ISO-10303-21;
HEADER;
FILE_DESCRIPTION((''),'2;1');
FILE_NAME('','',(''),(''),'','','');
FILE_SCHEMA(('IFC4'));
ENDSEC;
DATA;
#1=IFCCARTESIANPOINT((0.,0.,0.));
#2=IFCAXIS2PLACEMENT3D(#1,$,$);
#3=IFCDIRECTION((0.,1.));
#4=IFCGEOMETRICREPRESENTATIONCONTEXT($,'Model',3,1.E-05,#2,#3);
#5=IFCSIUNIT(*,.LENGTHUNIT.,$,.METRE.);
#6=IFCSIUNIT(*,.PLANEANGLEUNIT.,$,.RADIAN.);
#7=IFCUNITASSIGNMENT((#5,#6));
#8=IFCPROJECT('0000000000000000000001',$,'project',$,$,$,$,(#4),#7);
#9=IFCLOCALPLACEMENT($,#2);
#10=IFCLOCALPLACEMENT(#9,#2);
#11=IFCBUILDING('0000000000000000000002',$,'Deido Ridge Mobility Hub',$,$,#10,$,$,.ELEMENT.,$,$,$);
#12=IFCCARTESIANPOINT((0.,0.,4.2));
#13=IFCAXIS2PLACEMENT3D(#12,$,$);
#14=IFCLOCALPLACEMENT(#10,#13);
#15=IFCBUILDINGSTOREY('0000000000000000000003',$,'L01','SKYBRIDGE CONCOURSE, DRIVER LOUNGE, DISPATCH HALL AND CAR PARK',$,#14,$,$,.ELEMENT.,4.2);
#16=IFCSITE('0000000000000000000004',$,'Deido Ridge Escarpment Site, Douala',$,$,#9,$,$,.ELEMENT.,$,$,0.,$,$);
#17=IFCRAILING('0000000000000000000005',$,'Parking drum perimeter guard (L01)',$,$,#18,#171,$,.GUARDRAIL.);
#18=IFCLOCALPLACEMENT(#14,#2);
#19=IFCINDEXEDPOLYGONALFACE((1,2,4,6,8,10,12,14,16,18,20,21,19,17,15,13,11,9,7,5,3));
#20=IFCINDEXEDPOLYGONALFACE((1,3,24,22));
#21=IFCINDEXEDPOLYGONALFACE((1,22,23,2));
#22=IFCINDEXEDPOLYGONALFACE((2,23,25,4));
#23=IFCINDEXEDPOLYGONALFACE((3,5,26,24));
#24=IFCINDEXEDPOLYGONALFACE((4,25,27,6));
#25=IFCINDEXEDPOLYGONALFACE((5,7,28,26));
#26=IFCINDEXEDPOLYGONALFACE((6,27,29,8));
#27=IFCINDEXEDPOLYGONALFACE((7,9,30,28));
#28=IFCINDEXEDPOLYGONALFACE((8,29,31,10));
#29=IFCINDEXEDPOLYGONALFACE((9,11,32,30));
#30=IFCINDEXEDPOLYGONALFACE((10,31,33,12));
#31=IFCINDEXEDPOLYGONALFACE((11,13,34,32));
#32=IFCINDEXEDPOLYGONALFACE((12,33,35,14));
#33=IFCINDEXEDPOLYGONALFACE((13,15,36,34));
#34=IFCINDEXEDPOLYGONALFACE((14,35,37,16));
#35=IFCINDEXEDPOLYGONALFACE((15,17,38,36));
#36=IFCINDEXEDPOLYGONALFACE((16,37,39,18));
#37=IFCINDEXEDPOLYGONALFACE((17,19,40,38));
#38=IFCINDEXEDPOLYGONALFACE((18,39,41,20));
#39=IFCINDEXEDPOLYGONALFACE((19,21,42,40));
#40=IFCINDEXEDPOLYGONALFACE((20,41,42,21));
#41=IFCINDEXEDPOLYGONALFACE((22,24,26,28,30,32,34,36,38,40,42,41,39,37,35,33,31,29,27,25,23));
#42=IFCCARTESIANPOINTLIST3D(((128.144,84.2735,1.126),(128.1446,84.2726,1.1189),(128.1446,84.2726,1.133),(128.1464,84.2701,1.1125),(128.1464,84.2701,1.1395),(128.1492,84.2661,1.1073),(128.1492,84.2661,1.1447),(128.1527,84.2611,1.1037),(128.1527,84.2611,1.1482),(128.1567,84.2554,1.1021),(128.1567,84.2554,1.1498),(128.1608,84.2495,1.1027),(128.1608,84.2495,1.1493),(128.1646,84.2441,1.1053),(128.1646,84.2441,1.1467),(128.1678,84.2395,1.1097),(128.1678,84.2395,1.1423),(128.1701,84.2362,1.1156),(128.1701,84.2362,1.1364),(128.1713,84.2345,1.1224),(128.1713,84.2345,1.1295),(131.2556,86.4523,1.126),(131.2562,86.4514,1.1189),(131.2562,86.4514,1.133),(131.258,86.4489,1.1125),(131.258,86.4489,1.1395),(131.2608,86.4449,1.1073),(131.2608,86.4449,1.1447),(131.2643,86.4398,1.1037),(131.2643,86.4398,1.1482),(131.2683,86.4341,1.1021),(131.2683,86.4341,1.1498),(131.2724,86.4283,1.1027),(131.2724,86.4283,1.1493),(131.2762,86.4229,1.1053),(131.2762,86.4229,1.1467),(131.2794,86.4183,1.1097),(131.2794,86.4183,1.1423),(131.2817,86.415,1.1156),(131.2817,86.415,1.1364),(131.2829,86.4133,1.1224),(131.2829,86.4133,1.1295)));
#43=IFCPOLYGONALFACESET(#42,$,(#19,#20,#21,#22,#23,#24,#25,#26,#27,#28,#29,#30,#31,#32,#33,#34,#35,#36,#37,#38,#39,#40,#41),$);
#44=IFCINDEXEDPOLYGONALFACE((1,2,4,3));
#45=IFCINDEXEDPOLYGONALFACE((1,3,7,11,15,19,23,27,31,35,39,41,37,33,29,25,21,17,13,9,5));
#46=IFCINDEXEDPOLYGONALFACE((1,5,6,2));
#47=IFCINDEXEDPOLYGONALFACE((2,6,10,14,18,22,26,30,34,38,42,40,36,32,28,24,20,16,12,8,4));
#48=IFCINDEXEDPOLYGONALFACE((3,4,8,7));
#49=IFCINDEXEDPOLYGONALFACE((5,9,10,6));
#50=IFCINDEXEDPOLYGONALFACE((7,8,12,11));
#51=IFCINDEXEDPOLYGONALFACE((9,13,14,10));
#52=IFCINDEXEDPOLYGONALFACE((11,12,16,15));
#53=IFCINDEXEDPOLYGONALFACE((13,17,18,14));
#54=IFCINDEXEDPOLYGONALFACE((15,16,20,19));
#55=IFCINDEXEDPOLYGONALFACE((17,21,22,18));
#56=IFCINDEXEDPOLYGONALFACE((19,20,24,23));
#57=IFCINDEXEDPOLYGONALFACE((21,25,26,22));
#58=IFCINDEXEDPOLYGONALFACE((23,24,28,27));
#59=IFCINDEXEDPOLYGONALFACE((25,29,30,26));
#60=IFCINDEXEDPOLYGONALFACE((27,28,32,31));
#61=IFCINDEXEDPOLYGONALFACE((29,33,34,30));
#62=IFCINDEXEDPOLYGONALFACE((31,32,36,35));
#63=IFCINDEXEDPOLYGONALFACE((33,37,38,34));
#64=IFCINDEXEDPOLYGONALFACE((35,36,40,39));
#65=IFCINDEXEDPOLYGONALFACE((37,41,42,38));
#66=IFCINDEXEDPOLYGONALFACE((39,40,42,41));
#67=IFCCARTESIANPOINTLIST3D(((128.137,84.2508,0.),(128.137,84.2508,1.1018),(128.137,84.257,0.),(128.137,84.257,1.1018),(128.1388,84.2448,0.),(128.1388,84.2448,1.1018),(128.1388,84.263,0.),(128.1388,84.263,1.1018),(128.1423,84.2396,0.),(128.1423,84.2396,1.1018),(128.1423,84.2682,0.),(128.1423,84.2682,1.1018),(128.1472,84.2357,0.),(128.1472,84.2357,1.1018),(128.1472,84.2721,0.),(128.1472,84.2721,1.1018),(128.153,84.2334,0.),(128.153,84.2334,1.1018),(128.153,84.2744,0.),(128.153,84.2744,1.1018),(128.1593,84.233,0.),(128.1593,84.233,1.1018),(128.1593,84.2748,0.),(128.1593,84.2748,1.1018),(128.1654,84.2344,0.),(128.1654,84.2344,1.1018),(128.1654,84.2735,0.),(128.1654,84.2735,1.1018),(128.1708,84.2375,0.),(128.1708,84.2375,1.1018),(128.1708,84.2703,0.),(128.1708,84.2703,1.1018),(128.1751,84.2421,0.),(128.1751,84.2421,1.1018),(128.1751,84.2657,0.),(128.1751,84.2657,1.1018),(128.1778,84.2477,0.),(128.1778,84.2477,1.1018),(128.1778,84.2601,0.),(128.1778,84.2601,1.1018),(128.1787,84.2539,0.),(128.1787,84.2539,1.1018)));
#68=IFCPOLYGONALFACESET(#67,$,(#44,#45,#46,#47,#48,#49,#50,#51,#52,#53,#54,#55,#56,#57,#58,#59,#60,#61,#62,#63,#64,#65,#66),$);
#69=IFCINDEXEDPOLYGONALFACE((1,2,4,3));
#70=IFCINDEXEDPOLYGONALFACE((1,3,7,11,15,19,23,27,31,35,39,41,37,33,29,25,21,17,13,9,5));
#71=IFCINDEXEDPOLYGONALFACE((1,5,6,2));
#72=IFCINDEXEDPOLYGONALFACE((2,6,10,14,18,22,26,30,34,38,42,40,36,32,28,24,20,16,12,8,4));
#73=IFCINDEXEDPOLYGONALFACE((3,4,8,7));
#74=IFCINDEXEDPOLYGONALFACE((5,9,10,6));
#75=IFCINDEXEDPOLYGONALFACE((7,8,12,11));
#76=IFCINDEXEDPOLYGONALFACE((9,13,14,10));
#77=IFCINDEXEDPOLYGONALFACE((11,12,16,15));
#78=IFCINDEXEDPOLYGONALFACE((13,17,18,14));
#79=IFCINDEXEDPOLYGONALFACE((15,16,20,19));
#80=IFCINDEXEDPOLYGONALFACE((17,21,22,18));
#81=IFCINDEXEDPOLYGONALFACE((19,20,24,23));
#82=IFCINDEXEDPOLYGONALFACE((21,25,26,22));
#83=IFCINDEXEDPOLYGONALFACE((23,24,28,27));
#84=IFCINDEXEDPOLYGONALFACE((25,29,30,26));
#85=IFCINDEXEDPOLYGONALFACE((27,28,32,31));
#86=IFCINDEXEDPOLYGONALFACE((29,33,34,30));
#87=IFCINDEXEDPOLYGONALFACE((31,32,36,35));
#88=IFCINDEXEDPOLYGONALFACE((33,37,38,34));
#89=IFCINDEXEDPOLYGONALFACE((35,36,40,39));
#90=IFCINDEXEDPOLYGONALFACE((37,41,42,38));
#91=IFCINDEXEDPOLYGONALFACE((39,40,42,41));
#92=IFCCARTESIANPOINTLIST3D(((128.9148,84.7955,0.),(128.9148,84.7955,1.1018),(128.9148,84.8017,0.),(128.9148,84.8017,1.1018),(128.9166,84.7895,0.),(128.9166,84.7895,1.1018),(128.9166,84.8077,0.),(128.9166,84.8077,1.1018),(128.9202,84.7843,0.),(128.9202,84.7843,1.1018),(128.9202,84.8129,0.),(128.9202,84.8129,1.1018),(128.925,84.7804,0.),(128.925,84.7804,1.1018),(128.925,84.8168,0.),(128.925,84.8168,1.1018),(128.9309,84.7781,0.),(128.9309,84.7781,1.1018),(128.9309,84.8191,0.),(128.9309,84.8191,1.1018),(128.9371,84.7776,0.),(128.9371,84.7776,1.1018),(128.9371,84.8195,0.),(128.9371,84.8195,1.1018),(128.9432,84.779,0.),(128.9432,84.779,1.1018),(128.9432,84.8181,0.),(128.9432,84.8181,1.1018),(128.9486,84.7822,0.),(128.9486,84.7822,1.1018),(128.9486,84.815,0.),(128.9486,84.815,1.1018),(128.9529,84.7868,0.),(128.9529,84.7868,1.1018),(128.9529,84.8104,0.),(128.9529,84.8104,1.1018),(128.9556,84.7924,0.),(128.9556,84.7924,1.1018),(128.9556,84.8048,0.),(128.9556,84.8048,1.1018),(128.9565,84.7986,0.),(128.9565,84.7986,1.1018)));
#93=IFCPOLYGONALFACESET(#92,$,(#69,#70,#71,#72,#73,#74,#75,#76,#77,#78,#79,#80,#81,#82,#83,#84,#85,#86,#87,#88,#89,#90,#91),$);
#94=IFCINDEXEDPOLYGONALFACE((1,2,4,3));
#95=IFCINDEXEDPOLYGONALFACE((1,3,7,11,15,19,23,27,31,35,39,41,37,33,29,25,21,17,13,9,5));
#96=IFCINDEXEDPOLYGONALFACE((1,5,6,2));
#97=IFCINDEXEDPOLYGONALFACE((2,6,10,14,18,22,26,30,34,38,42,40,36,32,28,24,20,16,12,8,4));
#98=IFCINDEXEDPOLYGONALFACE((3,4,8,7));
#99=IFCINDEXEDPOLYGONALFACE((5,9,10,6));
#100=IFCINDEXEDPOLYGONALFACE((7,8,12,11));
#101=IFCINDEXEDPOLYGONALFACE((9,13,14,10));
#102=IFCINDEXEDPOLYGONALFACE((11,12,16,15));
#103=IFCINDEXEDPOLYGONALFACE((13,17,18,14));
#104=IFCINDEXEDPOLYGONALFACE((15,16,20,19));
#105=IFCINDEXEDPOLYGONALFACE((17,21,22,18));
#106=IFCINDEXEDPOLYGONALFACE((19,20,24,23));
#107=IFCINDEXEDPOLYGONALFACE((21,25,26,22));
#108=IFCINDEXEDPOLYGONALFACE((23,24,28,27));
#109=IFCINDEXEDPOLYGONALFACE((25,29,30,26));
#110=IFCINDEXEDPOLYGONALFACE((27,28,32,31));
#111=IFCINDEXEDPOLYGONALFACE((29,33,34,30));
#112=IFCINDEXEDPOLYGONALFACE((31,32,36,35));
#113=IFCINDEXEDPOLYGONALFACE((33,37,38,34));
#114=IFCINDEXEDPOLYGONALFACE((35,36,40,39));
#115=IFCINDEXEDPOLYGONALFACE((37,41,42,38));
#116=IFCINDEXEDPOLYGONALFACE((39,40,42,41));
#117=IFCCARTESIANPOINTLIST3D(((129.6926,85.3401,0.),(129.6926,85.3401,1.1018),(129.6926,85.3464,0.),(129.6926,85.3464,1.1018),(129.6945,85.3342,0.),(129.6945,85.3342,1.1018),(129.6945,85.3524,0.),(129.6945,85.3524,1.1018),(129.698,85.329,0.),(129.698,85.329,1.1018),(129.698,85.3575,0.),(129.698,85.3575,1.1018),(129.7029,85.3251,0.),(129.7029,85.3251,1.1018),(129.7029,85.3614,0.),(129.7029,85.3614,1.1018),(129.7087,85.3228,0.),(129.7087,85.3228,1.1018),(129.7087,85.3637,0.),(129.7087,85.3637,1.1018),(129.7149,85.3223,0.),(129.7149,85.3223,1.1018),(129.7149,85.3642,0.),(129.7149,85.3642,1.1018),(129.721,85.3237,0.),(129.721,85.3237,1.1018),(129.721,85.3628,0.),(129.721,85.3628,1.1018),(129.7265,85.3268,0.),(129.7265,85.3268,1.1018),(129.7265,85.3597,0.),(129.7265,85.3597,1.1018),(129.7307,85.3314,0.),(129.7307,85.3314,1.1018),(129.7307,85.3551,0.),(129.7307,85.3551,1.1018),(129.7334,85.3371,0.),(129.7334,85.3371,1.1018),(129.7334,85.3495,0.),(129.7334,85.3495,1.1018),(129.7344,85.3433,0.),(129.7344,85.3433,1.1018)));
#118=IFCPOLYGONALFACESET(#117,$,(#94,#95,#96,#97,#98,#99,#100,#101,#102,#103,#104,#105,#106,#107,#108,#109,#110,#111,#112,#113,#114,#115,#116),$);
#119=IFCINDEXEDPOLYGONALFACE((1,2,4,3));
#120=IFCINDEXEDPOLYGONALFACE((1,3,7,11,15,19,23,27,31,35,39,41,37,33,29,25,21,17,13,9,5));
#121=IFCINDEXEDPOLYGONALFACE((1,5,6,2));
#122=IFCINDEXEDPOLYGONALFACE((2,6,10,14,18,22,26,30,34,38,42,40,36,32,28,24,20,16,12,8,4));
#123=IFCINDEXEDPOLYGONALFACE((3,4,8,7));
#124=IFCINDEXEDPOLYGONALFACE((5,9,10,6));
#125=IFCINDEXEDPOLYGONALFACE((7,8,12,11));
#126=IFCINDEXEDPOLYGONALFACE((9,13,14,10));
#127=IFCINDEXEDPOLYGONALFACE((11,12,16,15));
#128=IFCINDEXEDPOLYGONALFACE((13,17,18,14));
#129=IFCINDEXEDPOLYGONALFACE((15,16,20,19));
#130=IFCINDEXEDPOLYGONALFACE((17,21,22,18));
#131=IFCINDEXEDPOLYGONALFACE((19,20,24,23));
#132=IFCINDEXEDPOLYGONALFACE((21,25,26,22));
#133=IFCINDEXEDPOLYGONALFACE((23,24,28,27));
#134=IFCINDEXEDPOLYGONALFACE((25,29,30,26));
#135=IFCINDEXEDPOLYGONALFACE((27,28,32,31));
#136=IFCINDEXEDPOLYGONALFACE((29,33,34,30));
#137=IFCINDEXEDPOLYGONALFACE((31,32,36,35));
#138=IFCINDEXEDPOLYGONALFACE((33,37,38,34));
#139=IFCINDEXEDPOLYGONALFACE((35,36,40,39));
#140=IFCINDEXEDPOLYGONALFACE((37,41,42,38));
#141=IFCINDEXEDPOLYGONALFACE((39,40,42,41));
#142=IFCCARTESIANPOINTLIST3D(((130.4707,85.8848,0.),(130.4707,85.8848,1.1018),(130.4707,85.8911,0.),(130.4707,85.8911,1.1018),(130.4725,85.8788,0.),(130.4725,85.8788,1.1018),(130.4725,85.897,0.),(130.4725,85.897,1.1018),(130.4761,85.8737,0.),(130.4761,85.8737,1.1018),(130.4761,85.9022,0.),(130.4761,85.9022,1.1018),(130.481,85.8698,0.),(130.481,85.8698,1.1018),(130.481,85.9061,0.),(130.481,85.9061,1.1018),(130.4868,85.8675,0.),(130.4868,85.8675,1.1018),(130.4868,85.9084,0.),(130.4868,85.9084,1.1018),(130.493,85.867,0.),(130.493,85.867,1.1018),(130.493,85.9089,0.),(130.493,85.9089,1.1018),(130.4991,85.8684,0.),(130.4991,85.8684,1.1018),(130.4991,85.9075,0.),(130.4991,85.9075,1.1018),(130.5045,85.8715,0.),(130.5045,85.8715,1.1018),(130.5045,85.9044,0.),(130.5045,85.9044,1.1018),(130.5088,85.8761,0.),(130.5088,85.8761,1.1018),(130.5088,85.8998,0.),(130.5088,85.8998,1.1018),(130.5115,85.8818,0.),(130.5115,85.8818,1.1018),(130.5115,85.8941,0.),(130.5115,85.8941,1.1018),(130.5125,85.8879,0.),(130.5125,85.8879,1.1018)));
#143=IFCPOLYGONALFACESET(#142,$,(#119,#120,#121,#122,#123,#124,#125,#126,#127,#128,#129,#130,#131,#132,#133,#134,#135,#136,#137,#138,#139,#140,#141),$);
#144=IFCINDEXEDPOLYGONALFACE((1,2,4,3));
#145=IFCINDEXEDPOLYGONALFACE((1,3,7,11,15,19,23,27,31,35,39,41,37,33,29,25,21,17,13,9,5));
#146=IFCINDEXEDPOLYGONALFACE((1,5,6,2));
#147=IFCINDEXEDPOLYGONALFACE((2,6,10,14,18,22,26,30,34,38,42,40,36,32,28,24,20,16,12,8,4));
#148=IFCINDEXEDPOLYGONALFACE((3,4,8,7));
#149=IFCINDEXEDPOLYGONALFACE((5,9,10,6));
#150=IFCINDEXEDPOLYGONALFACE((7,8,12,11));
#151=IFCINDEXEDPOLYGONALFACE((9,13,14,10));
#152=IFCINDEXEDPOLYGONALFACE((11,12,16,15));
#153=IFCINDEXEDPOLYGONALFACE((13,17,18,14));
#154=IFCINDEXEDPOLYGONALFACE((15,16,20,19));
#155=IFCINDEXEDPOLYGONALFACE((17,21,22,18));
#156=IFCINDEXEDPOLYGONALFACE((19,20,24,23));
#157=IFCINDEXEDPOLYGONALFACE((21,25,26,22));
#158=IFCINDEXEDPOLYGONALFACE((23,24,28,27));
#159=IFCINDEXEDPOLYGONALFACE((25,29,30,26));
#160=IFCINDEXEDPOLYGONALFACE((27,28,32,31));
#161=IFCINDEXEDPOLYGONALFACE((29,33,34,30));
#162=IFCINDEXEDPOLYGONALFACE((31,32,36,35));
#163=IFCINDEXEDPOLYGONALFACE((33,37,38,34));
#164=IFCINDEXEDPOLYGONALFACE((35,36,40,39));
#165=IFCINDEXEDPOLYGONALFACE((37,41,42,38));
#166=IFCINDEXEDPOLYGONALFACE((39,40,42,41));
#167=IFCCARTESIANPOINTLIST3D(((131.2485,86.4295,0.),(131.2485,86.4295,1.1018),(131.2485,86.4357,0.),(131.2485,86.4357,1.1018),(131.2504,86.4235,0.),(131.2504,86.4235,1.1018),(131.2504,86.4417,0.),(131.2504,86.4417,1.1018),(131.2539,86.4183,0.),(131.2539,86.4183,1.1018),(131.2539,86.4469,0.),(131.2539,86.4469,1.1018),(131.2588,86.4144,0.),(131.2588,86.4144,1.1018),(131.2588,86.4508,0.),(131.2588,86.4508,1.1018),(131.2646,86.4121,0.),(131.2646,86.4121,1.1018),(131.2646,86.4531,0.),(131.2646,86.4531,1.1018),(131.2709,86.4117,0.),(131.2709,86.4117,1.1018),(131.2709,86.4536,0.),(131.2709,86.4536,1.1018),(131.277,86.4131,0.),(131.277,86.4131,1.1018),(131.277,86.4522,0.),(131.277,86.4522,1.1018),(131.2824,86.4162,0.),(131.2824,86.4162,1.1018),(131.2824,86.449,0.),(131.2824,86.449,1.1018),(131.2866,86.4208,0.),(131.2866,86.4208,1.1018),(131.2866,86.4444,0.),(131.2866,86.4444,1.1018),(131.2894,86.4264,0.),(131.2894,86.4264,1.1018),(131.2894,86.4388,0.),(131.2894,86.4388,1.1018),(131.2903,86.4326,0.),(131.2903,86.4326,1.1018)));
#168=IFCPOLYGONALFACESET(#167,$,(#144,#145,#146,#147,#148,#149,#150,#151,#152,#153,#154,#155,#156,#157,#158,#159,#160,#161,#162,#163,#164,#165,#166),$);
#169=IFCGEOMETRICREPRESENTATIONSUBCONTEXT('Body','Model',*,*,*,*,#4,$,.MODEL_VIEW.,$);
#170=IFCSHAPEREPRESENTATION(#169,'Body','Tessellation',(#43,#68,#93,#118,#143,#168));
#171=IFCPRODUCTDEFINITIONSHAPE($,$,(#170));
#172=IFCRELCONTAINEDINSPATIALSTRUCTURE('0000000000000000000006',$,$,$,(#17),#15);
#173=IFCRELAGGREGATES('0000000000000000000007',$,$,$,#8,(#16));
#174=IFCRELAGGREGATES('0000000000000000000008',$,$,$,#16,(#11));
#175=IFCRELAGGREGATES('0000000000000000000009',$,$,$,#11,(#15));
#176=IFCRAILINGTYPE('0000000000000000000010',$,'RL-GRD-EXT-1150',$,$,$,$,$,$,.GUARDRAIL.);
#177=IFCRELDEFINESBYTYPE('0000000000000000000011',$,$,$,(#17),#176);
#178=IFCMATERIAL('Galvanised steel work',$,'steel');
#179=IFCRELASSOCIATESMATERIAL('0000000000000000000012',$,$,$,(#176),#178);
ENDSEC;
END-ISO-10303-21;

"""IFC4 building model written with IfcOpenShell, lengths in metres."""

from ifc_helpers import new_model, si_unit, direction, frame, origin, origin_2d, place, context, subcontext, project, spatial, circle, extrude, material, type_object, element, save


model = new_model("IFC4")

# Units and contexts
model_context = context("Model", 3, precision=1e-05, world=origin(), true_north=direction((0.0, 1.0)))
body_context = subcontext(model_context, "Body", "Model", "MODEL_VIEW")
ifc_project = project(units=[si_unit("LENGTHUNIT", "METRE"), si_unit("PLANEANGLEUNIT", "RADIAN")], contexts=[model_context])

# Site, building, storey
site_placement = place(None, origin())
site = spatial("IfcSite", under=ifc_project, at=site_placement, Name="Deido Ridge Escarpment Site, Douala", CompositionType="ELEMENT", RefElevation=0.0)
building_placement = place(site_placement, origin())
building = spatial("IfcBuilding", under=site, at=building_placement, Name="Deido Ridge Mobility Hub", CompositionType="ELEMENT")
storey_placement = place(building_placement, frame((0.0, 0.0, 4.2)))
storey = spatial("IfcBuildingStorey", under=building, at=storey_placement, Name="L01", Description="SKYBRIDGE CONCOURSE, DRIVER LOUNGE, DISPATCH HALL AND CAR PARK", CompositionType="ELEMENT", Elevation=4.2)

# Railing
ifc_material_1 = material(Name="Galvanised steel work", Category="steel")
railing_type = type_object("IfcRailingType", Name="RL-GRD-EXT-1150", PredefinedType="GUARDRAIL", material=ifc_material_1)
railing_1_placement = place(storey_placement, frame((128.1577, 84.2539, 0.0)))
element("IfcRailing", 1, at=railing_1_placement, inside=storey, type_object=railing_type, Name="Parking drum perimeter guard (L01)", PredefinedType="GUARDRAIL", context=body_context, shape_type="SweptSolid", body=[
    extrude(circle(Radius=0.0239, at=origin_2d()), frame((0.0, 0.0, 1.126), z_axis=(0.819156, 0.57357, 0.0), x_axis=(-0.57357, 0.819156, 0.0)), (0.0, 0.0, 1.0), 3.7986),
    extrude(circle(Radius=0.021, at=origin_2d()), origin(), (0.0, 0.0, 1.0), 1.1018),
    extrude(circle(Radius=0.021, at=origin_2d()), frame((0.7778, 0.5447, 0.0)), (0.0, 0.0, 1.0), 1.1018),
    extrude(circle(Radius=0.021, at=origin_2d()), frame((1.5557, 1.0894, 0.0)), (0.0, 0.0, 1.0), 1.1018),
    extrude(circle(Radius=0.021, at=origin_2d()), frame((2.3337, 1.634, 0.0)), (0.0, 0.0, 1.0), 1.1018),
    extrude(circle(Radius=0.021, at=origin_2d()), frame((3.1116, 2.1787, 0.0)), (0.0, 0.0, 1.0), 1.1018),
])

save(model, "model.ifc")
